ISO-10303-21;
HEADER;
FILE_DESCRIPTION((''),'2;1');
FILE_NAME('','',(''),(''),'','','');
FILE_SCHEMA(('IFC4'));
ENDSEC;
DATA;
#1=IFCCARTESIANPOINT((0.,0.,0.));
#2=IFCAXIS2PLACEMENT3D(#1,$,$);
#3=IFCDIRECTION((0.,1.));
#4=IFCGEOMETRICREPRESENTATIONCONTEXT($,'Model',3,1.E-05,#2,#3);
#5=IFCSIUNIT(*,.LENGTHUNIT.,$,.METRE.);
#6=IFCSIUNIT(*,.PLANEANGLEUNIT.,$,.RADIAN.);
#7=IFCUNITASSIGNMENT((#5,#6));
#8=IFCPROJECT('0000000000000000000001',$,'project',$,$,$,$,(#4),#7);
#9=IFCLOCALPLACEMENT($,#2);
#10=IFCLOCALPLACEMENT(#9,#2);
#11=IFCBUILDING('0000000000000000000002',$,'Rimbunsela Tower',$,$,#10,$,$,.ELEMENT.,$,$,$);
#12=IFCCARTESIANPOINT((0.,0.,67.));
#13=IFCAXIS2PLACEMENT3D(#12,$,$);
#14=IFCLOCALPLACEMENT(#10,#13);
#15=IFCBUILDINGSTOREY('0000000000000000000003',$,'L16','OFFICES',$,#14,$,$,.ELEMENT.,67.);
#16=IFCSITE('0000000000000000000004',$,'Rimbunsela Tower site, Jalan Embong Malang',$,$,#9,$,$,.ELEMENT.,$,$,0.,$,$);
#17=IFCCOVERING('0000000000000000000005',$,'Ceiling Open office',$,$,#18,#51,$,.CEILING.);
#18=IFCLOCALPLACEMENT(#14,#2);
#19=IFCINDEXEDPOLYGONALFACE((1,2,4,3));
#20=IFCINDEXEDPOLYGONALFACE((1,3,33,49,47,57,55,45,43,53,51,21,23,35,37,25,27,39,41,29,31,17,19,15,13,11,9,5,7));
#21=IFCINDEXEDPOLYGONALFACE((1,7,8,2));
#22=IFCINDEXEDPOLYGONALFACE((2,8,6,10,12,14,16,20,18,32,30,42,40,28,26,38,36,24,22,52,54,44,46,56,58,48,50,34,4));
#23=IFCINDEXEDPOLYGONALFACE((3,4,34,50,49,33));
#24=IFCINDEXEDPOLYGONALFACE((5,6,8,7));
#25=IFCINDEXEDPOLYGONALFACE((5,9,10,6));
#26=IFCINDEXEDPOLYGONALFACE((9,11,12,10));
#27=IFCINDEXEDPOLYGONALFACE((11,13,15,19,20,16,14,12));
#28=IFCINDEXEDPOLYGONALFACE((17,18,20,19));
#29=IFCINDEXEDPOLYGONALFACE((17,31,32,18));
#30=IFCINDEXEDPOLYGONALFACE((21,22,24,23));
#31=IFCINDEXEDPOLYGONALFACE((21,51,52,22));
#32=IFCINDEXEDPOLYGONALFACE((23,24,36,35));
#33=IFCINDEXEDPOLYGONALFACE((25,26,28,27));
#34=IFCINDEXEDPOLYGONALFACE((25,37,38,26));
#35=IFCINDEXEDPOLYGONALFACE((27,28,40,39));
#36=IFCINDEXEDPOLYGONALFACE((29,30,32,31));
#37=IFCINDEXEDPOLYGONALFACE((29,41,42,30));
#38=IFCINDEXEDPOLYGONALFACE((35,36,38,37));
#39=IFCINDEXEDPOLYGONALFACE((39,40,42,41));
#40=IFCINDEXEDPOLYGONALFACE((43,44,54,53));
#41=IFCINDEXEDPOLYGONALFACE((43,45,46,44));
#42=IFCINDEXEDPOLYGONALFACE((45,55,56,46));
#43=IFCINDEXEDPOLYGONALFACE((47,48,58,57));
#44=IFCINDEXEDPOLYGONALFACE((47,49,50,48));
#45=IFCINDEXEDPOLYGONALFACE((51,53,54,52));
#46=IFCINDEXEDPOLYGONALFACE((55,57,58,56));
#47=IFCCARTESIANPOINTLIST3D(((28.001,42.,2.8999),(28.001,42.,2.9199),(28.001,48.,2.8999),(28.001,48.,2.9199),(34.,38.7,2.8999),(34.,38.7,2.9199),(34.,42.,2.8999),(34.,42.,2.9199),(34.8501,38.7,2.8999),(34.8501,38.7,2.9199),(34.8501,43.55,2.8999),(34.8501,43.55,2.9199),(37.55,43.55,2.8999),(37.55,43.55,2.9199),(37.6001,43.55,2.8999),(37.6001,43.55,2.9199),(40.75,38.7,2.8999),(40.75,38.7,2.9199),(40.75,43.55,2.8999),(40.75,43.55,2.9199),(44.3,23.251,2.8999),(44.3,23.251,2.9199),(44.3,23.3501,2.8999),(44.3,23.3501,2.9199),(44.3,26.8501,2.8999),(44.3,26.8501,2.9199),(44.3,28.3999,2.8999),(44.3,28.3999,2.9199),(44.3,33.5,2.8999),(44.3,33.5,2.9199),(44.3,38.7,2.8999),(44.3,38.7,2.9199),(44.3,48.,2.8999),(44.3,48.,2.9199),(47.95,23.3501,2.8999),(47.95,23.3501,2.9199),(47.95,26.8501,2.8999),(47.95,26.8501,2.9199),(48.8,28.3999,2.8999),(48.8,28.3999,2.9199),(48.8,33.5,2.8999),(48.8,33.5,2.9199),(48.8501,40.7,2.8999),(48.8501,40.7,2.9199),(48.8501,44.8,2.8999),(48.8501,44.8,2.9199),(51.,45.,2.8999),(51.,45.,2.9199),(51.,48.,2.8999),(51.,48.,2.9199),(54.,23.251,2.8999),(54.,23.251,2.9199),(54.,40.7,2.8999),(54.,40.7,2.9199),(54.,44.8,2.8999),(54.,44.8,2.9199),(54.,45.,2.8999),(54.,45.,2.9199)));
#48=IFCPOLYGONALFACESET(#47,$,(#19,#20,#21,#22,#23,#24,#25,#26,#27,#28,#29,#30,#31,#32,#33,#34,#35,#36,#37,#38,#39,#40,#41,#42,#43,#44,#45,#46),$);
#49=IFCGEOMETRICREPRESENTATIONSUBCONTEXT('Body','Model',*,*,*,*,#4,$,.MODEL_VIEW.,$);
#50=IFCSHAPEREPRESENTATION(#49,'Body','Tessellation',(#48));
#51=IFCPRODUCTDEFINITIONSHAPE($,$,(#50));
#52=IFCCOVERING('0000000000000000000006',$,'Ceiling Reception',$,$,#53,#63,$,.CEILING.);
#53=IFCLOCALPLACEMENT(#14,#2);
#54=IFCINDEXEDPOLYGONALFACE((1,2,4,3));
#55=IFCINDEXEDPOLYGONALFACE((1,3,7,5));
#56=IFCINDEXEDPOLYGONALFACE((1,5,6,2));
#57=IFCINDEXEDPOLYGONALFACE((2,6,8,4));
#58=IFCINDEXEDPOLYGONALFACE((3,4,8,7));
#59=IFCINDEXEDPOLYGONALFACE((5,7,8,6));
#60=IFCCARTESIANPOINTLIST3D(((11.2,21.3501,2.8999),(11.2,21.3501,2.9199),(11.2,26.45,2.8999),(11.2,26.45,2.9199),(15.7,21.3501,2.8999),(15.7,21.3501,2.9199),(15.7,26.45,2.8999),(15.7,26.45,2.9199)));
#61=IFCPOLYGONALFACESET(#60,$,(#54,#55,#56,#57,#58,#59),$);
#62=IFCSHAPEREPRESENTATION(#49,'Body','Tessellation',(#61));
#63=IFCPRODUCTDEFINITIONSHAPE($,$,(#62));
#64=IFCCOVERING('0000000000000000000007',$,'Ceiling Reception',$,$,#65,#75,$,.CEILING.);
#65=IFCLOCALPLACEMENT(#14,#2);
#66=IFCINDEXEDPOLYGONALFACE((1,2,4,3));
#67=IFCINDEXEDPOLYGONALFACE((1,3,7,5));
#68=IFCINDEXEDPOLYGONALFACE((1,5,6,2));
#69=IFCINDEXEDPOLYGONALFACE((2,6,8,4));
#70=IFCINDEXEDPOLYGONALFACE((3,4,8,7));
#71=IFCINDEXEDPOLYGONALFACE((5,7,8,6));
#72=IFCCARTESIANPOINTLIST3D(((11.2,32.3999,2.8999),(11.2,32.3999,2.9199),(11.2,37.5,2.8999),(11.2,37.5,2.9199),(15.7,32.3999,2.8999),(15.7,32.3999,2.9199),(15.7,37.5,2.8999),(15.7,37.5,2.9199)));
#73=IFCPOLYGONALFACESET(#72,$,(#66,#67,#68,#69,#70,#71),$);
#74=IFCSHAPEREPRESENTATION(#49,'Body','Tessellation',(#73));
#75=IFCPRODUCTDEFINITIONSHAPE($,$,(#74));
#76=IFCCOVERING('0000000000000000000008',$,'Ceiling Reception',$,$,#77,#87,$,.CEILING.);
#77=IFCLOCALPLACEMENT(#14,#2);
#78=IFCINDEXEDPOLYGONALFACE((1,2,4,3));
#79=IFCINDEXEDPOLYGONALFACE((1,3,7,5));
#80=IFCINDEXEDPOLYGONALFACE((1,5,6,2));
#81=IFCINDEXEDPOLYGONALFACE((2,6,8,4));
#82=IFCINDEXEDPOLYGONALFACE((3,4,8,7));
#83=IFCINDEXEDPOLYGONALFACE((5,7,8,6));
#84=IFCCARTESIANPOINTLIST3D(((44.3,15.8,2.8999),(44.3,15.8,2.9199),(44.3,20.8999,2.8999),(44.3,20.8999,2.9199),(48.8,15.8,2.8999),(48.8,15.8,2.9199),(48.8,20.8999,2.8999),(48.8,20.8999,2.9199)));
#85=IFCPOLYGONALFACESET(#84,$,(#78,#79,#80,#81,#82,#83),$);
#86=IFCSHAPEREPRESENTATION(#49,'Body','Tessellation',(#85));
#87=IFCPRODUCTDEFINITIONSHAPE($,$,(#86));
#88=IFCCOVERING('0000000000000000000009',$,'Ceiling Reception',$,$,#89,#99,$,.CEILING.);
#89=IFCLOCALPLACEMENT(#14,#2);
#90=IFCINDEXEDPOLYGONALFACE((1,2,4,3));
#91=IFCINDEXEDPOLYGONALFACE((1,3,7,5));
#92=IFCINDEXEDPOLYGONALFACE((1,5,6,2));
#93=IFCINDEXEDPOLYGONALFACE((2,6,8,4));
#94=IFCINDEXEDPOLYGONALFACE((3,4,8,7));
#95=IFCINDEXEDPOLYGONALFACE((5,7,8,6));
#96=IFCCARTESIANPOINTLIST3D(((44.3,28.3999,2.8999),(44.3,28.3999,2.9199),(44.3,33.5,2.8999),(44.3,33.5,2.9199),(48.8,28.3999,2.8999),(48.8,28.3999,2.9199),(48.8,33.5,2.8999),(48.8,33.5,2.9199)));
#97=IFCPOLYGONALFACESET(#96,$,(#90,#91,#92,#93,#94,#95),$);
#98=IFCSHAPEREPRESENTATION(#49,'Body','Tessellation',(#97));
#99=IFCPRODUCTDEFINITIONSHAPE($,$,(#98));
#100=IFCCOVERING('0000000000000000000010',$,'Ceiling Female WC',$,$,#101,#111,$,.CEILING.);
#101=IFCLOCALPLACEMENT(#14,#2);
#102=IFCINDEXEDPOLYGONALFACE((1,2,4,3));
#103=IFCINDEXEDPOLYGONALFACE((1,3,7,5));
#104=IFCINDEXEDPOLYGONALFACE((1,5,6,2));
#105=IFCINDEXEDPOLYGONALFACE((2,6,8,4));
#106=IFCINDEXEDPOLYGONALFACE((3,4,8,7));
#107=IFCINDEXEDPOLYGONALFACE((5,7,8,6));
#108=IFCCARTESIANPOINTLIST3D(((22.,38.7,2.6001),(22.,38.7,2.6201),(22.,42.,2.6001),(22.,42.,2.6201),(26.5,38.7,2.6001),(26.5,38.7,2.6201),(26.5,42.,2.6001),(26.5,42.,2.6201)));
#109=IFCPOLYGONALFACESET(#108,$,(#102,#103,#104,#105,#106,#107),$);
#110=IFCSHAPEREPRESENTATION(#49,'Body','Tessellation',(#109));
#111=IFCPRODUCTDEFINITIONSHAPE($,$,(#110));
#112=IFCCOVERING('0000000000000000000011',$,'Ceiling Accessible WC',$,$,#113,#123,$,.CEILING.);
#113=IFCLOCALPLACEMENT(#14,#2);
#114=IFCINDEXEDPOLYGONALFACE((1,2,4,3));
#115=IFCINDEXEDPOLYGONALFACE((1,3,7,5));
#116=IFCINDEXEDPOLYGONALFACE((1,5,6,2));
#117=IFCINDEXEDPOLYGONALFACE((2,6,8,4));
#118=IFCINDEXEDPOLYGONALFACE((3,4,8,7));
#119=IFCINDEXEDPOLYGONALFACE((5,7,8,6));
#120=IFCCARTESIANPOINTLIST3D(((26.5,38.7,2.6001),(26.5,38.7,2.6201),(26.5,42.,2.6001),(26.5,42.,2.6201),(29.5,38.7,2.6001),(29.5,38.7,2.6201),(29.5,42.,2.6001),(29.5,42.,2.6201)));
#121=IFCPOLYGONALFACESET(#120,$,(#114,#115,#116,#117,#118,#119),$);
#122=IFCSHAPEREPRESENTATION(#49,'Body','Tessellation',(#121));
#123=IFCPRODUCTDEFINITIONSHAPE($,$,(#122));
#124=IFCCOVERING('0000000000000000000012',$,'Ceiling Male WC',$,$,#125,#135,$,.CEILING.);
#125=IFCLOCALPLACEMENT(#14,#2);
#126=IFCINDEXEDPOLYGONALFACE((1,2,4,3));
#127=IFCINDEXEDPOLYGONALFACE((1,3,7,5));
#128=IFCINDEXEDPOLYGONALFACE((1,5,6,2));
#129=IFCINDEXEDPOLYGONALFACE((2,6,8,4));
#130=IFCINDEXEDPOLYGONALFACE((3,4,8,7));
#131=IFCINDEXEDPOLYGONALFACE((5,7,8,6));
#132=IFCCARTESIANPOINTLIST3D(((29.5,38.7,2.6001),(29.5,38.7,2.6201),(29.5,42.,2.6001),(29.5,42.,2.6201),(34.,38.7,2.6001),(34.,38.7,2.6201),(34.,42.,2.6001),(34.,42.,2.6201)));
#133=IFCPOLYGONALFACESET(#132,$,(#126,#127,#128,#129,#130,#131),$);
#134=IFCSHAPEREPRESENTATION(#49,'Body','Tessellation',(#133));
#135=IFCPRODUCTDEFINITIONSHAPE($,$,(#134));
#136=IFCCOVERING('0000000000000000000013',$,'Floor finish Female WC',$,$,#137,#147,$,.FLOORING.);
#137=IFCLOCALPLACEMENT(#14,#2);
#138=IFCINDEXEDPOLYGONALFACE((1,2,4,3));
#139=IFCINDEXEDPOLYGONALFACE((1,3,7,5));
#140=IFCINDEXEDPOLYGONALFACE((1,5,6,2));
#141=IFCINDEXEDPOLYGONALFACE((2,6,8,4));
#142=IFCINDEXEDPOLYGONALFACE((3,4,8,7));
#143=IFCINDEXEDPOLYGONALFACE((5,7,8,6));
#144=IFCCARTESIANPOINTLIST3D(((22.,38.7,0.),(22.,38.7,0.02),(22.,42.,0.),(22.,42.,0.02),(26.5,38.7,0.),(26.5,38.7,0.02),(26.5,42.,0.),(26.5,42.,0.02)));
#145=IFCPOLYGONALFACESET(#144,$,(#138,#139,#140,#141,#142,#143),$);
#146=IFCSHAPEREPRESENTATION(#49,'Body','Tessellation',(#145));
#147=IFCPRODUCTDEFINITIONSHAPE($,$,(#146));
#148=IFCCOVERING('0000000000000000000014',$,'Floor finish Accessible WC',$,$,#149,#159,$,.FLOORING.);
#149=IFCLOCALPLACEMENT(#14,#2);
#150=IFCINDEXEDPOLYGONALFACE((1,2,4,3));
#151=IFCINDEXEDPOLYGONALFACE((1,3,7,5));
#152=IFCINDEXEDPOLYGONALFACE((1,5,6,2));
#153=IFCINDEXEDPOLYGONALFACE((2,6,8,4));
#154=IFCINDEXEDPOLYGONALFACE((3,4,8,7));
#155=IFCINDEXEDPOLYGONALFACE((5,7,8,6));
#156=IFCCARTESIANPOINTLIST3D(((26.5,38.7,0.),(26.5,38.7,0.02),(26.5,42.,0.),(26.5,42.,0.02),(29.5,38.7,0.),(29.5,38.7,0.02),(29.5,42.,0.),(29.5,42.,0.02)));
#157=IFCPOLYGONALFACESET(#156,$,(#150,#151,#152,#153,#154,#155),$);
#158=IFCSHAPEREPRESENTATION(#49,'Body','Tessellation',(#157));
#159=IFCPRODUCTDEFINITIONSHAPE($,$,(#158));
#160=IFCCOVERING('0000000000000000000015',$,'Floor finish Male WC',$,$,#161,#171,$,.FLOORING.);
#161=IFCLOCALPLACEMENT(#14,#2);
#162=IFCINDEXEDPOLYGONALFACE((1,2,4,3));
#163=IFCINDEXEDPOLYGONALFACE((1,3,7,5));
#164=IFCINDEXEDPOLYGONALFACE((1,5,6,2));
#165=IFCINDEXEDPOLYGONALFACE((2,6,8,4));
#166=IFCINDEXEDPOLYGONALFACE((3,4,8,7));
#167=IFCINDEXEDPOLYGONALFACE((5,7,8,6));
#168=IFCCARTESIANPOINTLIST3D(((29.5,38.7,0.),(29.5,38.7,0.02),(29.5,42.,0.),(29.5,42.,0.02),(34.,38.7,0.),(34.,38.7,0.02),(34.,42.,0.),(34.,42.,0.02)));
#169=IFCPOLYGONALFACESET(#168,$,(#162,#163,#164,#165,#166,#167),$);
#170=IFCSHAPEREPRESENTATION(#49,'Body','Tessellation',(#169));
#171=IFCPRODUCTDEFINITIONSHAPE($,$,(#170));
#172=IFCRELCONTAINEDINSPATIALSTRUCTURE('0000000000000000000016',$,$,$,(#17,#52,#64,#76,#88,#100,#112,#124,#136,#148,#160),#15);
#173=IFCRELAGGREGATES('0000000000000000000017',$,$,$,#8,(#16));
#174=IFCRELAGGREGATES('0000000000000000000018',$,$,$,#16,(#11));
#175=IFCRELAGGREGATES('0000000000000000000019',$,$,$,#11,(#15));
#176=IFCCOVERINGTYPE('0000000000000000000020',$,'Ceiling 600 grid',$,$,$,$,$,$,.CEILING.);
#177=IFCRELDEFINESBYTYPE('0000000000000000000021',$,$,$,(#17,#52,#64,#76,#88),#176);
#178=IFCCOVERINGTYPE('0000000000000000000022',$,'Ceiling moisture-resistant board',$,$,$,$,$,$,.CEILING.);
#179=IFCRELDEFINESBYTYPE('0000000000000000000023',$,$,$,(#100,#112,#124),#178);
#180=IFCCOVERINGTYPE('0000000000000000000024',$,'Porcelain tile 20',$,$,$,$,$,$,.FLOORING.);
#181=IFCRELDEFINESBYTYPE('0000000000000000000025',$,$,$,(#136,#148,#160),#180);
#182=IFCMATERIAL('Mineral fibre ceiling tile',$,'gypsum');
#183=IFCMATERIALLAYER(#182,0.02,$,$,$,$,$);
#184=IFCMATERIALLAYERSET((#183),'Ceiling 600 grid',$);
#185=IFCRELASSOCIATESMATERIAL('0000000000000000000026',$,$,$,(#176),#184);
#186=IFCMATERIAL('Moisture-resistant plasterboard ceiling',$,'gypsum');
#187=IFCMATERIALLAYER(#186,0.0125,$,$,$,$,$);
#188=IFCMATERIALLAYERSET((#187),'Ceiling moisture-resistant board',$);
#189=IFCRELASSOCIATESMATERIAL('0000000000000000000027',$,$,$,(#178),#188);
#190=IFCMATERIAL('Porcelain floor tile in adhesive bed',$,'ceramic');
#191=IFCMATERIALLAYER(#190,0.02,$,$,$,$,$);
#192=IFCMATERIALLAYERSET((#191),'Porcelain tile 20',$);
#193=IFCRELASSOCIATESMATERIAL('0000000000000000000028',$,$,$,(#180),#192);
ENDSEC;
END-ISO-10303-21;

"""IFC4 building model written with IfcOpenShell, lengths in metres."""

from ifc_helpers import new_model, si_unit, direction, frame, origin, place, context, subcontext, project, spatial, polyline, outline, extrude, material, layer, layer_set, type_object, element, save


model = new_model("IFC4")

# Units and contexts
model_context = context("Model", 3, precision=1e-05, world=origin(), true_north=direction((0.0, 1.0)))
body_context = subcontext(model_context, "Body", "Model", "MODEL_VIEW")
ifc_project = project(units=[si_unit("LENGTHUNIT", "METRE"), si_unit("PLANEANGLEUNIT", "RADIAN")], contexts=[model_context])

# Site, building, storey
site_placement = place(None, origin())
site = spatial("IfcSite", under=ifc_project, at=site_placement, Name="Rimbunsela Tower site, Jalan Embong Malang", CompositionType="ELEMENT", RefElevation=0.0)
building_placement = place(site_placement, origin())
building = spatial("IfcBuilding", under=site, at=building_placement, Name="Rimbunsela Tower", CompositionType="ELEMENT")
storey_placement = place(building_placement, frame((0.0, 0.0, 67.0)))
storey = spatial("IfcBuildingStorey", under=building, at=storey_placement, Name="L16", Description="OFFICES", CompositionType="ELEMENT", Elevation=67.0)

# Coverings
ifc_material_1 = material(Name="Mineral fibre ceiling tile", Category="gypsum")
ifc_layer_1 = layer(ifc_material_1, 0.02)
ifc_layer_set_1 = layer_set([ifc_layer_1], Name="Ceiling 600 grid")
covering_type_1 = type_object("IfcCoveringType", Name="Ceiling 600 grid", PredefinedType="CEILING", material=ifc_layer_set_1)
covering_1_placement = place(storey_placement, frame((0.0, 0.0, 2.8999)))
element("IfcCovering", 1, at=covering_1_placement, inside=storey, type_object=covering_type_1, Name="Ceiling Open office", PredefinedType="CEILING", context=body_context, shape_type="SweptSolid", body=[
    extrude(outline(polyline([(48.8501, 44.8), (48.8501, 40.7), (54.0, 40.7), (54.0, 23.251), (44.3, 23.251), (44.3, 23.3501), (47.95, 23.3501), (47.95, 26.8501), (44.3, 26.8501), (44.3, 28.3999), (48.8, 28.3999), (48.8, 33.5), (44.3, 33.5), (44.3, 38.7), (40.75, 38.7), (40.75, 43.55), (37.6001, 43.55), (37.55, 43.55), (34.8501, 43.55), (34.8501, 38.7), (34.0, 38.7), (34.0, 42.0), (28.001, 42.0), (28.001, 48.0), (44.3, 48.0), (51.0, 48.0), (51.0, 45.0), (54.0, 45.0), (54.0, 44.8), (48.8501, 44.8)])), origin(), (0.0, 0.0, 1.0), 0.02),
])
covering_2_placement = place(storey_placement, frame((0.0, 0.0, 2.8999)))
element("IfcCovering", 2, at=covering_2_placement, inside=storey, type_object=covering_type_1, Name="Ceiling Reception", PredefinedType="CEILING", context=body_context, shape_type="SweptSolid", body=[
    extrude(outline(polyline([(15.7, 21.3501), (15.7, 26.45), (11.2, 26.45), (11.2, 21.3501), (15.7, 21.3501)])), origin(), (0.0, 0.0, 1.0), 0.02),
])
covering_3_placement = place(storey_placement, frame((0.0, 0.0, 2.8999)))
element("IfcCovering", 3, at=covering_3_placement, inside=storey, type_object=covering_type_1, Name="Ceiling Reception", PredefinedType="CEILING", context=body_context, shape_type="SweptSolid", body=[
    extrude(outline(polyline([(15.7, 32.3999), (15.7, 37.5), (11.2, 37.5), (11.2, 32.3999), (15.7, 32.3999)])), origin(), (0.0, 0.0, 1.0), 0.02),
])
covering_4_placement = place(storey_placement, frame((0.0, 0.0, 2.8999)))
element("IfcCovering", 4, at=covering_4_placement, inside=storey, type_object=covering_type_1, Name="Ceiling Reception", PredefinedType="CEILING", context=body_context, shape_type="SweptSolid", body=[
    extrude(outline(polyline([(48.8, 15.8), (48.8, 20.8999), (44.3, 20.8999), (44.3, 15.8), (48.8, 15.8)])), origin(), (0.0, 0.0, 1.0), 0.02),
])
covering_5_placement = place(storey_placement, frame((0.0, 0.0, 2.8999)))
element("IfcCovering", 5, at=covering_5_placement, inside=storey, type_object=covering_type_1, Name="Ceiling Reception", PredefinedType="CEILING", context=body_context, shape_type="SweptSolid", body=[
    extrude(outline(polyline([(48.8, 28.3999), (48.8, 33.5), (44.3, 33.5), (44.3, 28.3999), (48.8, 28.3999)])), origin(), (0.0, 0.0, 1.0), 0.02),
])
ifc_material_2 = material(Name="Moisture-resistant plasterboard ceiling", Category="gypsum")
ifc_layer_2 = layer(ifc_material_2, 0.0125)
ifc_layer_set_2 = layer_set([ifc_layer_2], Name="Ceiling moisture-resistant board")
covering_type_2 = type_object("IfcCoveringType", Name="Ceiling moisture-resistant board", PredefinedType="CEILING", material=ifc_layer_set_2)
covering_6_placement = place(storey_placement, frame((0.0, 0.0, 2.6001)))
element("IfcCovering", 6, at=covering_6_placement, inside=storey, type_object=covering_type_2, Name="Ceiling Female WC", PredefinedType="CEILING", context=body_context, shape_type="SweptSolid", body=[
    extrude(outline(polyline([(26.5, 38.7), (26.5, 42.0), (22.0, 42.0), (22.0, 38.7), (26.5, 38.7)])), origin(), (0.0, 0.0, 1.0), 0.02),
])
covering_7_placement = place(storey_placement, frame((0.0, 0.0, 2.6001)))
element("IfcCovering", 7, at=covering_7_placement, inside=storey, type_object=covering_type_2, Name="Ceiling Accessible WC", PredefinedType="CEILING", context=body_context, shape_type="SweptSolid", body=[
    extrude(outline(polyline([(29.5, 38.7), (29.5, 42.0), (26.5, 42.0), (26.5, 38.7), (29.5, 38.7)])), origin(), (0.0, 0.0, 1.0), 0.02),
])
covering_8_placement = place(storey_placement, frame((0.0, 0.0, 2.6001)))
element("IfcCovering", 8, at=covering_8_placement, inside=storey, type_object=covering_type_2, Name="Ceiling Male WC", PredefinedType="CEILING", context=body_context, shape_type="SweptSolid", body=[
    extrude(outline(polyline([(34.0, 38.7), (34.0, 42.0), (29.5, 42.0), (29.5, 38.7), (34.0, 38.7)])), origin(), (0.0, 0.0, 1.0), 0.02),
])
ifc_material_3 = material(Name="Porcelain floor tile in adhesive bed", Category="ceramic")
ifc_layer_3 = layer(ifc_material_3, 0.02)
ifc_layer_set_3 = layer_set([ifc_layer_3], Name="Porcelain tile 20")
covering_type_3 = type_object("IfcCoveringType", Name="Porcelain tile 20", PredefinedType="FLOORING", material=ifc_layer_set_3)
covering_9_placement = place(storey_placement, origin())
element("IfcCovering", 9, at=covering_9_placement, inside=storey, type_object=covering_type_3, Name="Floor finish Female WC", PredefinedType="FLOORING", context=body_context, shape_type="SweptSolid", body=[
    extrude(outline(polyline([(26.5, 38.7), (26.5, 42.0), (22.0, 42.0), (22.0, 38.7), (26.5, 38.7)])), origin(), (0.0, 0.0, 1.0), 0.02),
])
covering_10_placement = place(storey_placement, origin())
element("IfcCovering", 10, at=covering_10_placement, inside=storey, type_object=covering_type_3, Name="Floor finish Accessible WC", PredefinedType="FLOORING", context=body_context, shape_type="SweptSolid", body=[
    extrude(outline(polyline([(29.5, 38.7), (29.5, 42.0), (26.5, 42.0), (26.5, 38.7), (29.5, 38.7)])), origin(), (0.0, 0.0, 1.0), 0.02),
])
covering_11_placement = place(storey_placement, origin())
element("IfcCovering", 11, at=covering_11_placement, inside=storey, type_object=covering_type_3, Name="Floor finish Male WC", PredefinedType="FLOORING", context=body_context, shape_type="SweptSolid", body=[
    extrude(outline(polyline([(34.0, 38.7), (34.0, 42.0), (29.5, 42.0), (29.5, 38.7), (34.0, 38.7)])), origin(), (0.0, 0.0, 1.0), 0.02),
])

save(model, "model.ifc")
